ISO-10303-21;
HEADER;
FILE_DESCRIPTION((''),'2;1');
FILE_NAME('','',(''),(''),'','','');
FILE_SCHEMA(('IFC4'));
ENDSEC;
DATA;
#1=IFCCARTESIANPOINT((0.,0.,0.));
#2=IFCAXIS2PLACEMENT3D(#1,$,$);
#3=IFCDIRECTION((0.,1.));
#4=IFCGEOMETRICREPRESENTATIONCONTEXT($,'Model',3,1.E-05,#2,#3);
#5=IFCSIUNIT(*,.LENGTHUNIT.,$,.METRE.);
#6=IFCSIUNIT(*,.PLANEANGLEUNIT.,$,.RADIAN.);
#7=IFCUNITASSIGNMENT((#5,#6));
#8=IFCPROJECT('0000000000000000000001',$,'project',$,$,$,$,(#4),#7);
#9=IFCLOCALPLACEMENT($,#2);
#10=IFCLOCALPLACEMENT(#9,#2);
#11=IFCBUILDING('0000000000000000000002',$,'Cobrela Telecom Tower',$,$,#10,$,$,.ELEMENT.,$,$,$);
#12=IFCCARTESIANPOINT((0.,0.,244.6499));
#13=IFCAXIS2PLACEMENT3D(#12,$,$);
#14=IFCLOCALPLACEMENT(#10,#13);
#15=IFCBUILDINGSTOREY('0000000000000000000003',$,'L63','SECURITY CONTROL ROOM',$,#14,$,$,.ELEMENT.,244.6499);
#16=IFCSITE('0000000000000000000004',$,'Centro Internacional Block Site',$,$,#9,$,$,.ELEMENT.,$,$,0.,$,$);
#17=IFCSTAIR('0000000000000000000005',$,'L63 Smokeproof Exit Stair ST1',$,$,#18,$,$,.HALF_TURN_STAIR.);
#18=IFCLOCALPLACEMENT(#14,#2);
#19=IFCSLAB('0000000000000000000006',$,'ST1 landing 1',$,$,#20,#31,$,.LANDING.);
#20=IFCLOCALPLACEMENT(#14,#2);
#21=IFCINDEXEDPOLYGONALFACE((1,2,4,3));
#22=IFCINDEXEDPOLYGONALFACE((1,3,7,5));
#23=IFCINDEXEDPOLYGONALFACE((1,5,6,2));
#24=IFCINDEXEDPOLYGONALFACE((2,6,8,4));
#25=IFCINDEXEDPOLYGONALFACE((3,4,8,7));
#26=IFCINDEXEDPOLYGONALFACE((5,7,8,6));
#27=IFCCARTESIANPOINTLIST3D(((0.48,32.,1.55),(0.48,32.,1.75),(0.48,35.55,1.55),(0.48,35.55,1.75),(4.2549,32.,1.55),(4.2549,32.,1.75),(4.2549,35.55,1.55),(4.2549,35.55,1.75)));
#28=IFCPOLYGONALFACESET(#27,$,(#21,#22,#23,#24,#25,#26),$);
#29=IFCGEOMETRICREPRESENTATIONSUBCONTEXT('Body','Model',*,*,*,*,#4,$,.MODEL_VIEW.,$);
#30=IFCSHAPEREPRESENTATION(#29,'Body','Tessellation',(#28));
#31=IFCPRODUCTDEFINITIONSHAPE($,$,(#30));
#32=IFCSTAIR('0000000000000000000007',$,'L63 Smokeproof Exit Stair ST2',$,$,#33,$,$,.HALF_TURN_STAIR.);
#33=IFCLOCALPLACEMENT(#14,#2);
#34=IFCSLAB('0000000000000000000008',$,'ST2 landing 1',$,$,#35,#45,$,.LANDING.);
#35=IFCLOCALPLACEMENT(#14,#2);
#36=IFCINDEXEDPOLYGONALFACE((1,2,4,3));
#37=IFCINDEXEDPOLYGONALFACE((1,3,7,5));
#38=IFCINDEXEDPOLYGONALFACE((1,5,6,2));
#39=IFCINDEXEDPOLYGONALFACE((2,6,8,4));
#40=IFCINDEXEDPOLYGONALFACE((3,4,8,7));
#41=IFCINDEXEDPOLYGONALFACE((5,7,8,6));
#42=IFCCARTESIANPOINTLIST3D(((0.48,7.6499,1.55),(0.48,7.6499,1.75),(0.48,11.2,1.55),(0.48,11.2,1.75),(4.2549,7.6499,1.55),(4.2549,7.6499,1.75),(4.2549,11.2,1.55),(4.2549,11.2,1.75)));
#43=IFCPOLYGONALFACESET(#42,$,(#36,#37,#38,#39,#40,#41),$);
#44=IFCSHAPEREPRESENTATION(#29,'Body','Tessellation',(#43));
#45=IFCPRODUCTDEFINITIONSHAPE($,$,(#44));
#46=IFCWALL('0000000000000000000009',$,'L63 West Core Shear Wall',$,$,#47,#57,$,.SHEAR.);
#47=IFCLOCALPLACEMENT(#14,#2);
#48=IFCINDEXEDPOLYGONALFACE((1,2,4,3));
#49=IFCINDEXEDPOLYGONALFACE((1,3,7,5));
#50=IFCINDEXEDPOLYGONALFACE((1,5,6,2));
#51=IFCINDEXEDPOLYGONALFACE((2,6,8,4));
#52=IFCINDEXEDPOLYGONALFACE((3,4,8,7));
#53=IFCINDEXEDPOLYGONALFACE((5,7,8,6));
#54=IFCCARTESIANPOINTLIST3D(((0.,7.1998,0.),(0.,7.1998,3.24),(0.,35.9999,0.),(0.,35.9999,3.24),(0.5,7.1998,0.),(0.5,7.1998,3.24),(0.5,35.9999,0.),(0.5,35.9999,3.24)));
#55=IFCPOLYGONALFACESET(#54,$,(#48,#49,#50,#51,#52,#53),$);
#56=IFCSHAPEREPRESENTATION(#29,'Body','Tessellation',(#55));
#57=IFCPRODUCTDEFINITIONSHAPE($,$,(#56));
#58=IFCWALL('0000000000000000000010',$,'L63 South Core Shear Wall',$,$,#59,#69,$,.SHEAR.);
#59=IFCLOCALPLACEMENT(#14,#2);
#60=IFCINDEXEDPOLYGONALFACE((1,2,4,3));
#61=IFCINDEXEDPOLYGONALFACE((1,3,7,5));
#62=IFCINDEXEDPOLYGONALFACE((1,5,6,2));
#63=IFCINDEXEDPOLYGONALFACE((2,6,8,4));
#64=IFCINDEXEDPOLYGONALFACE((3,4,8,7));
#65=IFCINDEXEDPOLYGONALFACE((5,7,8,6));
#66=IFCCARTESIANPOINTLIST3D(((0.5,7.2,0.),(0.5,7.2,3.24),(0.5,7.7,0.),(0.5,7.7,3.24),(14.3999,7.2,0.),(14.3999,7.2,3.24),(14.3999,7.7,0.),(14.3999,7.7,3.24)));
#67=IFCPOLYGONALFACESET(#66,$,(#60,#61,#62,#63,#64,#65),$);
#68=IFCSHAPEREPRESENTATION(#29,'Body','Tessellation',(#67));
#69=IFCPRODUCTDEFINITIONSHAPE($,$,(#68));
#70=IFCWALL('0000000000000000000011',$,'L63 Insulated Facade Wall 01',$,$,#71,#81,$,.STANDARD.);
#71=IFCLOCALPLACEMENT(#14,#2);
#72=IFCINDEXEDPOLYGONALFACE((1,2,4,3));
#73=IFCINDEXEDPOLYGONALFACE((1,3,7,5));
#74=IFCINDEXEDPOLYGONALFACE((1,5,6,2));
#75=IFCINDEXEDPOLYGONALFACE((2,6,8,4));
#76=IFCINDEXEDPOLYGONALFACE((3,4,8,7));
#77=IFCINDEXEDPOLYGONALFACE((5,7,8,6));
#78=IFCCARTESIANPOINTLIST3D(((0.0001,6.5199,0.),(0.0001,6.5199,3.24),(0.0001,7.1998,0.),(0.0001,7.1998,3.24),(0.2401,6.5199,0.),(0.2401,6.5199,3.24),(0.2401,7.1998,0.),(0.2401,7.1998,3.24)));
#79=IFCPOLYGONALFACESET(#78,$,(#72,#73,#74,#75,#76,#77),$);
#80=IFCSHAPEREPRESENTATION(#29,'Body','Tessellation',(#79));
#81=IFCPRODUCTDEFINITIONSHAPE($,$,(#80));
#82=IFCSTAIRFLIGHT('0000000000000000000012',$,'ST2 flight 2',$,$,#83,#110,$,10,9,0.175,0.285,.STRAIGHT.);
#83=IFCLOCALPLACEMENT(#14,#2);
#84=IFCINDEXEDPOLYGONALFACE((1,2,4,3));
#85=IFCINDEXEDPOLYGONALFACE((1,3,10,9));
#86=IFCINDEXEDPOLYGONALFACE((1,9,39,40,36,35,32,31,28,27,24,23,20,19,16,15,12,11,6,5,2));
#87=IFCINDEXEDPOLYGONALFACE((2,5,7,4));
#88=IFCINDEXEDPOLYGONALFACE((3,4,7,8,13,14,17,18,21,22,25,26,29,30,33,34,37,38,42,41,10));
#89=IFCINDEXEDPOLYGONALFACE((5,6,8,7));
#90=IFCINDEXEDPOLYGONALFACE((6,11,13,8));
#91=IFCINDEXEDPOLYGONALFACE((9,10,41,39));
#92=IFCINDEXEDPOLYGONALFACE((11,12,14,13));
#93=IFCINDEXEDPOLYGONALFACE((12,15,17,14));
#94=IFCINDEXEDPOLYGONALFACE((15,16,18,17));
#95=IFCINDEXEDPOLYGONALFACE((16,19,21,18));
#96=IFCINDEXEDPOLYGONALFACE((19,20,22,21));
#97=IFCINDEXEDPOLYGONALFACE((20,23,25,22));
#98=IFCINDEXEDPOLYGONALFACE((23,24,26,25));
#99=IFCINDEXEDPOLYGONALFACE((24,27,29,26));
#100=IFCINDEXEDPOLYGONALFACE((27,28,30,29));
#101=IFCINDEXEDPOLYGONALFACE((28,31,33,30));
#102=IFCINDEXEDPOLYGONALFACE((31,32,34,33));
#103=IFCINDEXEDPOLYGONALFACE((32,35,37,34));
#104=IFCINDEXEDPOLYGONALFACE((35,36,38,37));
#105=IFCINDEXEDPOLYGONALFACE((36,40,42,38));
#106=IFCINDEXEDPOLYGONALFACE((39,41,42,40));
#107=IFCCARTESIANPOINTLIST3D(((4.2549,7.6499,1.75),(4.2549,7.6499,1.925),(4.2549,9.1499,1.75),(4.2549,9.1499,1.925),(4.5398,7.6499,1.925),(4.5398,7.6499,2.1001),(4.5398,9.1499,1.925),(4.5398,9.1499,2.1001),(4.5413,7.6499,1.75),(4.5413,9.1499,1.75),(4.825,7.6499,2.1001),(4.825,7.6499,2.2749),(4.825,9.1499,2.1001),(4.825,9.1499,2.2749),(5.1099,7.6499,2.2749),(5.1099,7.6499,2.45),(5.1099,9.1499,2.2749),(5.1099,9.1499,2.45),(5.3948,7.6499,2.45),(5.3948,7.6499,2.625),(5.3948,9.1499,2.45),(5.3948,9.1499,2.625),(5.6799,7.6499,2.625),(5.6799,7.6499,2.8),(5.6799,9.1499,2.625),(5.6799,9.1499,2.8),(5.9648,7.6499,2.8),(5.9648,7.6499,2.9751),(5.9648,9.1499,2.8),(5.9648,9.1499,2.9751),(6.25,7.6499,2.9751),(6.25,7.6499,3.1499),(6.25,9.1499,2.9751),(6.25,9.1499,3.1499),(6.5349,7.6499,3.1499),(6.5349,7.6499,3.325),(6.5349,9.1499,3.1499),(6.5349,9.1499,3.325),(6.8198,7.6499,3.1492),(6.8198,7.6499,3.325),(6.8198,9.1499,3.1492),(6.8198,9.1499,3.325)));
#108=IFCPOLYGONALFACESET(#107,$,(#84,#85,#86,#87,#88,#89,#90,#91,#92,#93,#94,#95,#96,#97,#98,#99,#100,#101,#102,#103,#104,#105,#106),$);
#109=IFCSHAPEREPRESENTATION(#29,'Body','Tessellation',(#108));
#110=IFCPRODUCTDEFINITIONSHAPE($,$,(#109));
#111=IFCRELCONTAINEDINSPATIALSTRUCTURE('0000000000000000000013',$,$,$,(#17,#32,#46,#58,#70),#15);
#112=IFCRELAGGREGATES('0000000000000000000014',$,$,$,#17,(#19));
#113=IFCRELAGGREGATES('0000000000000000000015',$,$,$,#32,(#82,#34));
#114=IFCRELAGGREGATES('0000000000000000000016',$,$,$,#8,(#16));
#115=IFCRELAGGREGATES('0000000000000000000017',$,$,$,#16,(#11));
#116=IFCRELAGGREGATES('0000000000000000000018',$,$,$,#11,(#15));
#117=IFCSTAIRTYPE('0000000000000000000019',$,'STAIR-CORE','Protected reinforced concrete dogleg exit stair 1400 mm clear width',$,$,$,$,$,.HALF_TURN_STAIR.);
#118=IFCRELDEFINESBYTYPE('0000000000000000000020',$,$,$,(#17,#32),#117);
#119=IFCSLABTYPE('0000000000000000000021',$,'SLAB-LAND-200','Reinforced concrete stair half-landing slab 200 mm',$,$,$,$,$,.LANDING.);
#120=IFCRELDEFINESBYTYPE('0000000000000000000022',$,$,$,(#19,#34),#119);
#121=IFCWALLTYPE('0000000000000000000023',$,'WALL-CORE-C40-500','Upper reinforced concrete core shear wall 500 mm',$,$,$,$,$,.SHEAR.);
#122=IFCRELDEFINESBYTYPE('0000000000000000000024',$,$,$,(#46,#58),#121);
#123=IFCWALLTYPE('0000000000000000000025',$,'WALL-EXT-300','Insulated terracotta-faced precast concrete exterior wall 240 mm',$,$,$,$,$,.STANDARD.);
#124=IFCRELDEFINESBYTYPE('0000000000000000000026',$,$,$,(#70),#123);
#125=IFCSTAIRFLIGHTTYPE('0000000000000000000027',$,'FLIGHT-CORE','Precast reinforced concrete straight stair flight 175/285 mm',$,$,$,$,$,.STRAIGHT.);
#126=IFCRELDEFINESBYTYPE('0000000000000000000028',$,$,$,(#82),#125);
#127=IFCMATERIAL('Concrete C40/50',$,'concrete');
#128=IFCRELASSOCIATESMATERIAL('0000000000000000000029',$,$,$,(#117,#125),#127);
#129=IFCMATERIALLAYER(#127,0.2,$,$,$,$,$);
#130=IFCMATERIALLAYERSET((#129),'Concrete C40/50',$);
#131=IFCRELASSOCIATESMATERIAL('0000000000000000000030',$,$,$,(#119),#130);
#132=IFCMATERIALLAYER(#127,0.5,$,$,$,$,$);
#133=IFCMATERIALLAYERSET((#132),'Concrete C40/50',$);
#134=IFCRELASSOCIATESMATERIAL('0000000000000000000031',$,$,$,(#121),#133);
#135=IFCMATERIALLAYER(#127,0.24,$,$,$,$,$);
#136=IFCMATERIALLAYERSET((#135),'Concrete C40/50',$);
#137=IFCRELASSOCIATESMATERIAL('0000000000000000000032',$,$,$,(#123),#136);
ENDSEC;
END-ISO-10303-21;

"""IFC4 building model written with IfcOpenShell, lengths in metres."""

from ifc_helpers import new_model, si_unit, direction, frame, frame_2d, origin, place, context, subcontext, project, spatial, polyline, rectangle, outline, extrude, material, layer, layer_set, type_object, element, aggregate, save


model = new_model("IFC4")

# Units and contexts
model_context = context("Model", 3, precision=1e-05, world=origin(), true_north=direction((0.0, 1.0)))
body_context = subcontext(model_context, "Body", "Model", "MODEL_VIEW")
ifc_project = project(units=[si_unit("LENGTHUNIT", "METRE"), si_unit("PLANEANGLEUNIT", "RADIAN")], contexts=[model_context])

# Site, building, storey
site_placement = place(None, origin())
site = spatial("IfcSite", under=ifc_project, at=site_placement, Name="Centro Internacional Block Site", CompositionType="ELEMENT", RefElevation=0.0)
building_placement = place(site_placement, origin())
building = spatial("IfcBuilding", under=site, at=building_placement, Name="Cobrela Telecom Tower", CompositionType="ELEMENT")
storey_placement = place(building_placement, frame((0.0, 0.0, 244.6499)))
storey = spatial("IfcBuildingStorey", under=building, at=storey_placement, Name="L63", Description="SECURITY CONTROL ROOM", CompositionType="ELEMENT", Elevation=244.6499)

# Shared definitions
ifc_material_1 = material(Name="Concrete C40/50", Category="concrete")

# Stairs, slabs
stair_type = type_object("IfcStairType", Name="STAIR-CORE", Description="Protected reinforced concrete dogleg exit stair 1400 mm clear width", PredefinedType="HALF_TURN_STAIR", material=ifc_material_1)
stair_1_placement = place(storey_placement, origin())
stair_1 = element("IfcStair", 1, at=stair_1_placement, inside=storey, type_object=stair_type, Name="L63 Smokeproof Exit Stair ST1", PredefinedType="HALF_TURN_STAIR")
ifc_layer_1 = layer(ifc_material_1, 0.2)
ifc_layer_set_1 = layer_set([ifc_layer_1], Name="Concrete C40/50")
slab_type_1 = type_object("IfcSlabType", Name="SLAB-LAND-200", Description="Reinforced concrete stair half-landing slab 200 mm", PredefinedType="LANDING", material=ifc_layer_set_1)
slab_1_placement = place(storey_placement, frame((0.0, 0.0, 1.55)))
slab_1 = element("IfcSlab", 2, at=slab_1_placement, type_object=slab_type_1, Name="ST1 landing 1", PredefinedType="LANDING", context=body_context, shape_type="SweptSolid", body=[
    extrude(outline(polyline([(4.2549, 35.55), (0.48, 35.55), (0.48, 32.0), (4.2549, 32.0), (4.2549, 35.55)])), origin(), (0.0, 0.0, 1.0), 0.2),
])
aggregate(stair_1, [slab_1])
stair_2_placement = place(storey_placement, origin())
stair_2 = element("IfcStair", 3, at=stair_2_placement, inside=storey, type_object=stair_type, Name="L63 Smokeproof Exit Stair ST2", PredefinedType="HALF_TURN_STAIR")
slab_2_placement = place(storey_placement, frame((0.0, 0.0, 1.55)))
slab_2 = element("IfcSlab", 4, at=slab_2_placement, type_object=slab_type_1, Name="ST2 landing 1", PredefinedType="LANDING", context=body_context, shape_type="SweptSolid", body=[
    extrude(outline(polyline([(4.2549, 11.2), (0.48, 11.2), (0.48, 7.6499), (4.2549, 7.6499), (4.2549, 11.2)])), origin(), (0.0, 0.0, 1.0), 0.2),
])

# Walls
ifc_layer_2 = layer(ifc_material_1, 0.5)
ifc_layer_set_2 = layer_set([ifc_layer_2], Name="Concrete C40/50")
wall_type_1 = type_object("IfcWallType", Name="WALL-CORE-C40-500", Description="Upper reinforced concrete core shear wall 500 mm", PredefinedType="SHEAR", material=ifc_layer_set_2)
wall_1_placement = place(storey_placement, frame((0.25, 7.2, 0.0), z_axis=(0.0, 0.0, 1.0), x_axis=(0.0, 1.0, 0.0)))
element("IfcWall", 5, at=wall_1_placement, inside=storey, type_object=wall_type_1, Name="L63 West Core Shear Wall", PredefinedType="SHEAR", context=body_context, shape_type="SweptSolid", body=[
    extrude(rectangle(XDim=28.8, YDim=0.5, at=frame_2d((14.3999, 0.0))), origin(), (0.0, 0.0, 1.0), 3.24),
])
wall_2_placement = place(storey_placement, frame((0.5, 7.45, 0.0), z_axis=(0.0, 0.0, 1.0), x_axis=(1.0, 0.0, 0.0)))
element("IfcWall", 6, at=wall_2_placement, inside=storey, type_object=wall_type_1, Name="L63 South Core Shear Wall", PredefinedType="SHEAR", context=body_context, shape_type="SweptSolid", body=[
    extrude(rectangle(XDim=13.8999, YDim=0.5, at=frame_2d((6.95, 0.0))), origin(), (0.0, 0.0, 1.0), 3.24),
])
ifc_layer_3 = layer(ifc_material_1, 0.24)
ifc_layer_set_3 = layer_set([ifc_layer_3], Name="Concrete C40/50")
wall_type_2 = type_object("IfcWallType", Name="WALL-EXT-300", Description="Insulated terracotta-faced precast concrete exterior wall 240 mm", PredefinedType="STANDARD", material=ifc_layer_set_3)
wall_3_placement = place(storey_placement, frame((0.1201, 6.52, 0.0), z_axis=(0.0, 0.0, 1.0), x_axis=(0.0, 1.0, 0.0)))
element("IfcWall", 7, at=wall_3_placement, inside=storey, type_object=wall_type_2, Name="L63 Insulated Facade Wall 01", PredefinedType="STANDARD", context=body_context, shape_type="SweptSolid", body=[
    extrude(rectangle(XDim=0.6799, YDim=0.24, at=frame_2d((0.3398, 0.0))), origin(), (0.0, 0.0, 1.0), 3.24),
])

# Stair flight
stair_flight_type = type_object("IfcStairFlightType", Name="FLIGHT-CORE", Description="Precast reinforced concrete straight stair flight 175/285 mm", PredefinedType="STRAIGHT", material=ifc_material_1)
stair_flight_placement = place(storey_placement, frame((4.2549, 8.3999, 1.75), z_axis=(0.0, 0.0, 1.0), x_axis=(1.0, 0.0, 0.0)))
stair_flight = element("IfcStairFlight", 8, at=stair_flight_placement, type_object=stair_flight_type, Name="ST2 flight 2", NumberOfRisers=10, NumberOfTreads=9, PredefinedType="STRAIGHT", RiserHeight=0.175, TreadLength=0.285, context=body_context, shape_type="SweptSolid", body=[
    extrude(outline(polyline([(0.0, 0.0), (0.0, 0.175), (0.2849, 0.175), (0.2849, 0.3501), (0.5701, 0.3501), (0.5701, 0.5249), (0.855, 0.5249), (0.855, 0.7), (1.1399, 0.7), (1.1399, 0.875), (1.425, 0.875), (1.425, 1.05), (1.71, 1.05), (1.71, 1.2251), (1.9951, 1.2251), (1.9951, 1.3999), (2.28, 1.3999), (2.28, 1.575), (2.5649, 1.575), (2.5649, 1.75), (2.5649, 1.3992), (0.2864, 0.0), (0.0, 0.0)])), frame((0.0, 0.75, 0.0), z_axis=(0.0, -1.0, 0.0), x_axis=(1.0, 0.0, 0.0)), (0.0, 0.0, 1.0), 1.5),
])
aggregate(stair_2, [stair_flight, slab_2])

save(model, "model.ifc")
